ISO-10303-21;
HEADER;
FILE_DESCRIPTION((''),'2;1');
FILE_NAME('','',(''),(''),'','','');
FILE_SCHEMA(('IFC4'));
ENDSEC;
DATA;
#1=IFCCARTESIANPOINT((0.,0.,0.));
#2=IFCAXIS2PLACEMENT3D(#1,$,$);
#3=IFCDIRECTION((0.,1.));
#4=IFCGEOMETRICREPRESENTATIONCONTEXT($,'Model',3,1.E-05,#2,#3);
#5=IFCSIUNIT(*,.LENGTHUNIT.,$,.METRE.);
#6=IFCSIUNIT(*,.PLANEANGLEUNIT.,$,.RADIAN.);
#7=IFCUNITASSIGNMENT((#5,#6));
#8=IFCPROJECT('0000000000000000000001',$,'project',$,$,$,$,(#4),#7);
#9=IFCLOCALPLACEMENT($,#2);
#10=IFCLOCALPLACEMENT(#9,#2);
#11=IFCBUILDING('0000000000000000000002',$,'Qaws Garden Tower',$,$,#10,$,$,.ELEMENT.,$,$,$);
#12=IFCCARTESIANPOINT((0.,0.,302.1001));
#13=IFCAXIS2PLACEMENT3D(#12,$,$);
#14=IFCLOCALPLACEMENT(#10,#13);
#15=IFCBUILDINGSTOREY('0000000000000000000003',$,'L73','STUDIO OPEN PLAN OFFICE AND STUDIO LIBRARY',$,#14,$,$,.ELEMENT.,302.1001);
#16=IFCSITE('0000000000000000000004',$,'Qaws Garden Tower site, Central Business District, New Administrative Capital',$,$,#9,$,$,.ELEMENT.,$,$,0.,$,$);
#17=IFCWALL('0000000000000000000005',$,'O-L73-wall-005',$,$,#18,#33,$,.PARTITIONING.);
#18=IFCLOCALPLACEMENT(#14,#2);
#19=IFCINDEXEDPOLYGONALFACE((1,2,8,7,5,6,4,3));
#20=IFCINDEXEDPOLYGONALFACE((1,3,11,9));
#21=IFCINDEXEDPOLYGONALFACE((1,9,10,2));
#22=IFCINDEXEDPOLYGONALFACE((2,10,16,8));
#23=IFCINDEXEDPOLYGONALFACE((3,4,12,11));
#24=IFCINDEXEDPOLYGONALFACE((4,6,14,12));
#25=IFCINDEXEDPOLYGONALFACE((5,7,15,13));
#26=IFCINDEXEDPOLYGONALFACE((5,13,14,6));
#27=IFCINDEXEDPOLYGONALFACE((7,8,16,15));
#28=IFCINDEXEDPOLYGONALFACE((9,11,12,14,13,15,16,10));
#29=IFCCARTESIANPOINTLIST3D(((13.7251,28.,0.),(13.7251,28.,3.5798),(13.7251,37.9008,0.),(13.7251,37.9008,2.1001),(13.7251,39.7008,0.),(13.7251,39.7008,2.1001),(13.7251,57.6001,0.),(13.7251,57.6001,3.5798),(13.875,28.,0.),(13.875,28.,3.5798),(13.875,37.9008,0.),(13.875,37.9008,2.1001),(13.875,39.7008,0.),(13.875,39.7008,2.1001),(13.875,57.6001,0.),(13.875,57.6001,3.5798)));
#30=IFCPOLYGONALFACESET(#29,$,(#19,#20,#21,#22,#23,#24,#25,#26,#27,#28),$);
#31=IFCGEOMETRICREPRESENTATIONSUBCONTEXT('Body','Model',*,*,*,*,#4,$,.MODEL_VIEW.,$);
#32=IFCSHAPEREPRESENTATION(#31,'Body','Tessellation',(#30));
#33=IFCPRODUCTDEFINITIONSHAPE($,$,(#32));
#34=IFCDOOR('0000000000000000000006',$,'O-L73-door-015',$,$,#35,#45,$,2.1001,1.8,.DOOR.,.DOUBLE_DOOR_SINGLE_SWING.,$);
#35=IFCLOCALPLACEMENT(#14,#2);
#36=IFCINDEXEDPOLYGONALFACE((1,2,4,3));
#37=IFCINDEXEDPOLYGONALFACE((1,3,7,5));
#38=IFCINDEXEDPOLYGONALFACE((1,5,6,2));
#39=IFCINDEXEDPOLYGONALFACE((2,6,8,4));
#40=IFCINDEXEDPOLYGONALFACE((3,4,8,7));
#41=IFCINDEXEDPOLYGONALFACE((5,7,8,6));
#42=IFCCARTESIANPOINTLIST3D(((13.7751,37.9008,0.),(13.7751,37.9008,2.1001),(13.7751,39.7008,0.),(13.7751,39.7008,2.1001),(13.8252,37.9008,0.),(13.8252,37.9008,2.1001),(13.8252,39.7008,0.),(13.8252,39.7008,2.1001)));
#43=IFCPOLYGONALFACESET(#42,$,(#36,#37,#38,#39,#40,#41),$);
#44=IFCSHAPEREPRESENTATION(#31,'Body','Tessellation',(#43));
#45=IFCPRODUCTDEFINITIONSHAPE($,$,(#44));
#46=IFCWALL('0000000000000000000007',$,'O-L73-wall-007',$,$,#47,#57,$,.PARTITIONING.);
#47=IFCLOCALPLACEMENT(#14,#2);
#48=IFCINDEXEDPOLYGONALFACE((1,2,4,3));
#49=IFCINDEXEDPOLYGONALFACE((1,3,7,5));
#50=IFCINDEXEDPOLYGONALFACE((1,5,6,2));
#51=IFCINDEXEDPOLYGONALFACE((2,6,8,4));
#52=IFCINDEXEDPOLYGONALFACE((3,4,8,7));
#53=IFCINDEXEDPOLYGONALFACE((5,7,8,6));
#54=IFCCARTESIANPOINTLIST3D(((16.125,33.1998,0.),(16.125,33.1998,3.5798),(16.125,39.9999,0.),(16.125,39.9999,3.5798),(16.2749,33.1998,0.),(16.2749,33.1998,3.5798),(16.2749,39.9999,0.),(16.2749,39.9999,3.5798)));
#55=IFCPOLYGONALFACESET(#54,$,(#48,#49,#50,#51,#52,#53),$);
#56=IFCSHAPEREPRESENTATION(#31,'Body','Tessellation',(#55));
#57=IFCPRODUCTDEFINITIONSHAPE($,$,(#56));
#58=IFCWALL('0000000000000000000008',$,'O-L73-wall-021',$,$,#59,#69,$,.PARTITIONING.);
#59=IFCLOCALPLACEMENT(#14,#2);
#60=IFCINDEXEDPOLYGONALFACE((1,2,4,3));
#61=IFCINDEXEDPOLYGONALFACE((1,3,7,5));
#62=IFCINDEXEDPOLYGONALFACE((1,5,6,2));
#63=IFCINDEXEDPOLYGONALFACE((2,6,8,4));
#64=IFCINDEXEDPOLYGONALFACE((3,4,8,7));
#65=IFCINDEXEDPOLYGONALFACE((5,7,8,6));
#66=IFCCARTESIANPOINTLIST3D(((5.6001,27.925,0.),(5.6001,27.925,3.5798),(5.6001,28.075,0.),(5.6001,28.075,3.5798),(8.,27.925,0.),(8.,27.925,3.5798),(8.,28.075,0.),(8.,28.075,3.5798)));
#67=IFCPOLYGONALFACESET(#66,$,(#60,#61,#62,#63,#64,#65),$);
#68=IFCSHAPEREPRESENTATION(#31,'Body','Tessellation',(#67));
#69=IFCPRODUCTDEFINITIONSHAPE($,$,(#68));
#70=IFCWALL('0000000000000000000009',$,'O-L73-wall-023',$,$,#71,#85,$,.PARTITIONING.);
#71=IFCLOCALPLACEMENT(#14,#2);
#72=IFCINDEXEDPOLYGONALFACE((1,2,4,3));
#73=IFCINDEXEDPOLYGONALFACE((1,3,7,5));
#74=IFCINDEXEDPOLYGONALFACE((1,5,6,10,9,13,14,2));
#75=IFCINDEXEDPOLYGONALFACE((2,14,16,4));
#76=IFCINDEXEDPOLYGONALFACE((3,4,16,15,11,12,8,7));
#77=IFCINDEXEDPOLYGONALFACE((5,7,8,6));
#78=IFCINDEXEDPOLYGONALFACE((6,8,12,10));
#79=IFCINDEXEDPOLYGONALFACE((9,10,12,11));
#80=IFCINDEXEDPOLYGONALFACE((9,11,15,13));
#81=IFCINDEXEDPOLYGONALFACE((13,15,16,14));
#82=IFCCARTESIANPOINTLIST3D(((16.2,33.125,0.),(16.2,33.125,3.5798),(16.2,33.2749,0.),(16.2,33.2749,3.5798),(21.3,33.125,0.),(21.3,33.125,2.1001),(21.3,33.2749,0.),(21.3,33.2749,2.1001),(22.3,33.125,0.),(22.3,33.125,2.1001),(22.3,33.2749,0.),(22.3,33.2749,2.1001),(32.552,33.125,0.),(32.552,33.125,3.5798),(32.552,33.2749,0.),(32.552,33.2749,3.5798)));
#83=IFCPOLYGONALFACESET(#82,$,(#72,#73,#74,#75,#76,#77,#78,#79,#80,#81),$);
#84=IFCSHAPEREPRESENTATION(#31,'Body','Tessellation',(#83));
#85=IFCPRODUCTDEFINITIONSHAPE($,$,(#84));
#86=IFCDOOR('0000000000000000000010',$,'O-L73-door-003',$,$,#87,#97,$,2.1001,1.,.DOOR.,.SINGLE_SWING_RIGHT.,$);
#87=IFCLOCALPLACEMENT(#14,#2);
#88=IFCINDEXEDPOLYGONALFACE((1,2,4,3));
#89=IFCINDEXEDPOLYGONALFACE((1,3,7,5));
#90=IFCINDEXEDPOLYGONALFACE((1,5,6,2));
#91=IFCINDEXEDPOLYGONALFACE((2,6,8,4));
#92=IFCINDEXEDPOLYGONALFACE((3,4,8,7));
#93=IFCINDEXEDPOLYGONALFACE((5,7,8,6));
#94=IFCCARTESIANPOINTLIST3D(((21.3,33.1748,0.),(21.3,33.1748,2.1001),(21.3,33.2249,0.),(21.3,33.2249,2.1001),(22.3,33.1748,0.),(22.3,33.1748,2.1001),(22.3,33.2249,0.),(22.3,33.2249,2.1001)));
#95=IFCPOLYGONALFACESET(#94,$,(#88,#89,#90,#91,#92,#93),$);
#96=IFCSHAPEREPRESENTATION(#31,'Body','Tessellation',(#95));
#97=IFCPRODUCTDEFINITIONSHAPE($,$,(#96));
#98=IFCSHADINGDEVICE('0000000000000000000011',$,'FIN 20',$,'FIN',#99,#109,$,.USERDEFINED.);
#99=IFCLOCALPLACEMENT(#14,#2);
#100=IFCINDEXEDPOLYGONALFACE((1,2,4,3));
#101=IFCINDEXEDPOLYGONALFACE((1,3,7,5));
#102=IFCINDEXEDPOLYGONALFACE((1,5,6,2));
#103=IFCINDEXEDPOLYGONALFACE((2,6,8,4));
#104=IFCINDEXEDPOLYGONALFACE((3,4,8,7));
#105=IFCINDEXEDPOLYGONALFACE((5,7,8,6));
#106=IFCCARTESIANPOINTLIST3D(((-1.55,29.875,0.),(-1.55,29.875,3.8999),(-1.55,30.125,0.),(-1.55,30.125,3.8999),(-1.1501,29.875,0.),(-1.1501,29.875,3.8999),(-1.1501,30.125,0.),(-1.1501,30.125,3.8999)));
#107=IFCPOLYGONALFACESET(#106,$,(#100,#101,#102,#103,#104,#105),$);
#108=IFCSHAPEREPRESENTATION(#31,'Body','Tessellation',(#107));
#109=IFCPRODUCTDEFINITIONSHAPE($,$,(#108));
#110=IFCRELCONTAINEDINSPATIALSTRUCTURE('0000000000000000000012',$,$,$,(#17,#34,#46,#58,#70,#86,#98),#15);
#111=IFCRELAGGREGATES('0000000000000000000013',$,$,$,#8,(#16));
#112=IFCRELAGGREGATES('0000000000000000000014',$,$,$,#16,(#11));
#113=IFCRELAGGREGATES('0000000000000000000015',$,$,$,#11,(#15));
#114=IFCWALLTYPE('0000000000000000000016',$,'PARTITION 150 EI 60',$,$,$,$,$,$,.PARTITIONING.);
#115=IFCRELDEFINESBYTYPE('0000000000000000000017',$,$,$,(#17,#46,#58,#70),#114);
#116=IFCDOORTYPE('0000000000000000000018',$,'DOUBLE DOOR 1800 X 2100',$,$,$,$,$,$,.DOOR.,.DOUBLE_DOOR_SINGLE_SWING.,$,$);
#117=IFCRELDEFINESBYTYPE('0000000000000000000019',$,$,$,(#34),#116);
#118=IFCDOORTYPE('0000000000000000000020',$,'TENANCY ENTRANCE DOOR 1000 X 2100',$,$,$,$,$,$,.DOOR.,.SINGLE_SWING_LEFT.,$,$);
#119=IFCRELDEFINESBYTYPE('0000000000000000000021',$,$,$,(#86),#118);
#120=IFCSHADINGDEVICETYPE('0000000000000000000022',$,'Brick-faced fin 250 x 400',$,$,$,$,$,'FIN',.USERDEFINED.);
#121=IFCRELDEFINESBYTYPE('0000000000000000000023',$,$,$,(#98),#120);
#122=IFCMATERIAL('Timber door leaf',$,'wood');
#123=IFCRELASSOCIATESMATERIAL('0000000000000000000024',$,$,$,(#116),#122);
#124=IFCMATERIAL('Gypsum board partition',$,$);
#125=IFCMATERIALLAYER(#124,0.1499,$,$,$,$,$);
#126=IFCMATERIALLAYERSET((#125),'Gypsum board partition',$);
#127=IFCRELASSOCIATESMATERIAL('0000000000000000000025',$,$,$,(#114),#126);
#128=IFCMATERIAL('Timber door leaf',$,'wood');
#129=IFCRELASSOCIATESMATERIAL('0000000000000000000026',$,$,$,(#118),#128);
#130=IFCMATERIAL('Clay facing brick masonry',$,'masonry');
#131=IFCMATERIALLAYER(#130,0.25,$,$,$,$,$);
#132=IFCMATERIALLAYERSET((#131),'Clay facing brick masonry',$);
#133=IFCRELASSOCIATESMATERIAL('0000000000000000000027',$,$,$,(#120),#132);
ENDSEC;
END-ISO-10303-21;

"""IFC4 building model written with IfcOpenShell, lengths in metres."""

from ifc_helpers import new_model, si_unit, direction, frame, frame_2d, origin, origin_2d, place, context, subcontext, project, spatial, rectangle, extrude, material, layer, layer_set, type_object, element, fill, save


model = new_model("IFC4")

# Units and contexts
model_context = context("Model", 3, precision=1e-05, world=origin(), true_north=direction((0.0, 1.0)))
body_context = subcontext(model_context, "Body", "Model", "MODEL_VIEW")
ifc_project = project(units=[si_unit("LENGTHUNIT", "METRE"), si_unit("PLANEANGLEUNIT", "RADIAN")], contexts=[model_context])

# Site, building, storey
site_placement = place(None, origin())
site = spatial("IfcSite", under=ifc_project, at=site_placement, Name="Qaws Garden Tower site, Central Business District, New Administrative Capital", CompositionType="ELEMENT", RefElevation=0.0)
building_placement = place(site_placement, origin())
building = spatial("IfcBuilding", under=site, at=building_placement, Name="Qaws Garden Tower", CompositionType="ELEMENT")
storey_placement = place(building_placement, frame((0.0, 0.0, 302.1001)))
storey = spatial("IfcBuildingStorey", under=building, at=storey_placement, Name="L73", Description="STUDIO OPEN PLAN OFFICE AND STUDIO LIBRARY", CompositionType="ELEMENT", Elevation=302.1001)

# Wall, opening, door
ifc_material_1 = material(Name="Timber door leaf", Category="wood")
door_type_1 = type_object("IfcDoorType", Name="DOUBLE DOOR 1800 X 2100", OperationType="DOUBLE_DOOR_SINGLE_SWING", PredefinedType="DOOR", material=ifc_material_1)
ifc_material_2 = material(Name="Gypsum board partition")
ifc_layer_1 = layer(ifc_material_2, 0.1499)
ifc_layer_set_1 = layer_set([ifc_layer_1], Name="Gypsum board partition")
wall_type_1 = type_object("IfcWallType", Name="PARTITION 150 EI 60", PredefinedType="PARTITIONING", material=ifc_layer_set_1)
wall_1_placement = place(storey_placement, frame((13.8, 28.0, 0.0), z_axis=(0.0, 0.0, 1.0), x_axis=(0.0, 1.0, 0.0)))
wall_1 = element("IfcWall", 1, at=wall_1_placement, inside=storey, type_object=wall_type_1, Name="O-L73-wall-005", PredefinedType="PARTITIONING", context=body_context, shape_type="SweptSolid", body=[
    extrude(rectangle(XDim=29.6001, YDim=0.1499, at=frame_2d((14.8, 0.0))), origin(), (0.0, 0.0, 1.0), 3.5798),
])
opening_1_placement = place(wall_1_placement, frame((9.9009, 0.0, 0.0)))
opening_1 = element("IfcOpeningElement", 2, at=opening_1_placement, cuts=wall_1, PredefinedType="OPENING", context=body_context, shape_type="SweptSolid", body=[
    extrude(rectangle(XDim=1.8, YDim=2.1001, at=frame_2d((0.8999, 1.05))), frame((0.0, 0.085, 0.0), z_axis=(0.0, -1.0, 0.0), x_axis=(1.0, 0.0, 0.0)), (0.0, 0.0, 1.0), 0.1699),
])
door_1_placement = place(opening_1_placement, origin())
door_1 = element("IfcDoor", 3, at=door_1_placement, inside=storey, type_object=door_type_1, Name="O-L73-door-015", OperationType="DOUBLE_DOOR_SINGLE_SWING", OverallHeight=2.1001, OverallWidth=1.8, PredefinedType="DOOR", context=body_context, shape_type="SweptSolid", body=[
    extrude(rectangle(XDim=1.8, YDim=2.1001, at=frame_2d((0.8999, 1.05))), frame((0.0, 0.0249, 0.0), z_axis=(0.0, -1.0, 0.0), x_axis=(1.0, 0.0, 0.0)), (0.0, 0.0, 1.0), 0.05),
])
fill(opening_1, door_1)

# Walls
wall_2_placement = place(storey_placement, frame((16.2, 33.2, 0.0), z_axis=(0.0, 0.0, 1.0), x_axis=(0.0, 1.0, 0.0)))
element("IfcWall", 4, at=wall_2_placement, inside=storey, type_object=wall_type_1, Name="O-L73-wall-007", PredefinedType="PARTITIONING", context=body_context, shape_type="SweptSolid", body=[
    extrude(rectangle(XDim=6.8, YDim=0.1499, at=frame_2d((3.3999, 0.0))), origin(), (0.0, 0.0, 1.0), 3.5798),
])
wall_3_placement = place(storey_placement, frame((5.6001, 28.0, 0.0), z_axis=(0.0, 0.0, 1.0), x_axis=(1.0, 0.0, 0.0)))
element("IfcWall", 5, at=wall_3_placement, inside=storey, type_object=wall_type_1, Name="O-L73-wall-021", PredefinedType="PARTITIONING", context=body_context, shape_type="SweptSolid", body=[
    extrude(rectangle(XDim=2.3999, YDim=0.1499, at=frame_2d((1.2, 0.0))), origin(), (0.0, 0.0, 1.0), 3.5798),
])

# Wall, opening, door
wall_4_placement = place(storey_placement, frame((16.2, 33.2, 0.0), z_axis=(0.0, 0.0, 1.0), x_axis=(1.0, 0.0, 0.0)))
wall_4 = element("IfcWall", 6, at=wall_4_placement, inside=storey, type_object=wall_type_1, Name="O-L73-wall-023", PredefinedType="PARTITIONING", context=body_context, shape_type="SweptSolid", body=[
    extrude(rectangle(XDim=16.3521, YDim=0.1499, at=frame_2d((8.176, 0.0))), origin(), (0.0, 0.0, 1.0), 3.5798),
])
opening_2_placement = place(wall_4_placement, frame((5.1001, 0.0, 0.0)))
opening_2 = element("IfcOpeningElement", 7, at=opening_2_placement, cuts=wall_4, PredefinedType="OPENING", context=body_context, shape_type="SweptSolid", body=[
    extrude(rectangle(XDim=1.0, YDim=2.1001, at=frame_2d((0.5, 1.05))), frame((0.0, 0.085, 0.0), z_axis=(0.0, -1.0, 0.0), x_axis=(1.0, 0.0, 0.0)), (0.0, 0.0, 1.0), 0.1699),
])
ifc_material_3 = material(Name="Timber door leaf", Category="wood")
door_type_2 = type_object("IfcDoorType", Name="TENANCY ENTRANCE DOOR 1000 X 2100", OperationType="SINGLE_SWING_LEFT", PredefinedType="DOOR", material=ifc_material_3)
door_2_placement = place(opening_2_placement, origin())
door_2 = element("IfcDoor", 8, at=door_2_placement, inside=storey, type_object=door_type_2, Name="O-L73-door-003", OperationType="SINGLE_SWING_RIGHT", OverallHeight=2.1001, OverallWidth=1.0, PredefinedType="DOOR", context=body_context, shape_type="SweptSolid", body=[
    extrude(rectangle(XDim=1.0, YDim=2.1001, at=frame_2d((0.5, 1.05))), frame((0.0, 0.0249, 0.0), z_axis=(0.0, -1.0, 0.0), x_axis=(1.0, 0.0, 0.0)), (0.0, 0.0, 1.0), 0.05),
])
fill(opening_2, door_2)

# Shading device
ifc_material_4 = material(Name="Clay facing brick masonry", Category="masonry")
ifc_layer_2 = layer(ifc_material_4, 0.25)
ifc_layer_set_2 = layer_set([ifc_layer_2], Name="Clay facing brick masonry")
shading_device_type = type_object("IfcShadingDeviceType", Name="Brick-faced fin 250 x 400", ElementType="FIN", PredefinedType="USERDEFINED", material=ifc_layer_set_2)
shading_device_placement = place(storey_placement, frame((-1.3501, 30.0, 0.0), z_axis=(0.0, 0.0, 1.0), x_axis=(0.0, -1.0, 0.0)))
element("IfcShadingDevice", 9, at=shading_device_placement, inside=storey, type_object=shading_device_type, Name="FIN 20", ObjectType="FIN", PredefinedType="USERDEFINED", context=body_context, shape_type="SweptSolid", body=[
    extrude(rectangle(XDim=0.25, YDim=0.3999, at=origin_2d()), origin(), (0.0, 0.0, 1.0), 3.8999),
])

save(model, "model.ifc")
